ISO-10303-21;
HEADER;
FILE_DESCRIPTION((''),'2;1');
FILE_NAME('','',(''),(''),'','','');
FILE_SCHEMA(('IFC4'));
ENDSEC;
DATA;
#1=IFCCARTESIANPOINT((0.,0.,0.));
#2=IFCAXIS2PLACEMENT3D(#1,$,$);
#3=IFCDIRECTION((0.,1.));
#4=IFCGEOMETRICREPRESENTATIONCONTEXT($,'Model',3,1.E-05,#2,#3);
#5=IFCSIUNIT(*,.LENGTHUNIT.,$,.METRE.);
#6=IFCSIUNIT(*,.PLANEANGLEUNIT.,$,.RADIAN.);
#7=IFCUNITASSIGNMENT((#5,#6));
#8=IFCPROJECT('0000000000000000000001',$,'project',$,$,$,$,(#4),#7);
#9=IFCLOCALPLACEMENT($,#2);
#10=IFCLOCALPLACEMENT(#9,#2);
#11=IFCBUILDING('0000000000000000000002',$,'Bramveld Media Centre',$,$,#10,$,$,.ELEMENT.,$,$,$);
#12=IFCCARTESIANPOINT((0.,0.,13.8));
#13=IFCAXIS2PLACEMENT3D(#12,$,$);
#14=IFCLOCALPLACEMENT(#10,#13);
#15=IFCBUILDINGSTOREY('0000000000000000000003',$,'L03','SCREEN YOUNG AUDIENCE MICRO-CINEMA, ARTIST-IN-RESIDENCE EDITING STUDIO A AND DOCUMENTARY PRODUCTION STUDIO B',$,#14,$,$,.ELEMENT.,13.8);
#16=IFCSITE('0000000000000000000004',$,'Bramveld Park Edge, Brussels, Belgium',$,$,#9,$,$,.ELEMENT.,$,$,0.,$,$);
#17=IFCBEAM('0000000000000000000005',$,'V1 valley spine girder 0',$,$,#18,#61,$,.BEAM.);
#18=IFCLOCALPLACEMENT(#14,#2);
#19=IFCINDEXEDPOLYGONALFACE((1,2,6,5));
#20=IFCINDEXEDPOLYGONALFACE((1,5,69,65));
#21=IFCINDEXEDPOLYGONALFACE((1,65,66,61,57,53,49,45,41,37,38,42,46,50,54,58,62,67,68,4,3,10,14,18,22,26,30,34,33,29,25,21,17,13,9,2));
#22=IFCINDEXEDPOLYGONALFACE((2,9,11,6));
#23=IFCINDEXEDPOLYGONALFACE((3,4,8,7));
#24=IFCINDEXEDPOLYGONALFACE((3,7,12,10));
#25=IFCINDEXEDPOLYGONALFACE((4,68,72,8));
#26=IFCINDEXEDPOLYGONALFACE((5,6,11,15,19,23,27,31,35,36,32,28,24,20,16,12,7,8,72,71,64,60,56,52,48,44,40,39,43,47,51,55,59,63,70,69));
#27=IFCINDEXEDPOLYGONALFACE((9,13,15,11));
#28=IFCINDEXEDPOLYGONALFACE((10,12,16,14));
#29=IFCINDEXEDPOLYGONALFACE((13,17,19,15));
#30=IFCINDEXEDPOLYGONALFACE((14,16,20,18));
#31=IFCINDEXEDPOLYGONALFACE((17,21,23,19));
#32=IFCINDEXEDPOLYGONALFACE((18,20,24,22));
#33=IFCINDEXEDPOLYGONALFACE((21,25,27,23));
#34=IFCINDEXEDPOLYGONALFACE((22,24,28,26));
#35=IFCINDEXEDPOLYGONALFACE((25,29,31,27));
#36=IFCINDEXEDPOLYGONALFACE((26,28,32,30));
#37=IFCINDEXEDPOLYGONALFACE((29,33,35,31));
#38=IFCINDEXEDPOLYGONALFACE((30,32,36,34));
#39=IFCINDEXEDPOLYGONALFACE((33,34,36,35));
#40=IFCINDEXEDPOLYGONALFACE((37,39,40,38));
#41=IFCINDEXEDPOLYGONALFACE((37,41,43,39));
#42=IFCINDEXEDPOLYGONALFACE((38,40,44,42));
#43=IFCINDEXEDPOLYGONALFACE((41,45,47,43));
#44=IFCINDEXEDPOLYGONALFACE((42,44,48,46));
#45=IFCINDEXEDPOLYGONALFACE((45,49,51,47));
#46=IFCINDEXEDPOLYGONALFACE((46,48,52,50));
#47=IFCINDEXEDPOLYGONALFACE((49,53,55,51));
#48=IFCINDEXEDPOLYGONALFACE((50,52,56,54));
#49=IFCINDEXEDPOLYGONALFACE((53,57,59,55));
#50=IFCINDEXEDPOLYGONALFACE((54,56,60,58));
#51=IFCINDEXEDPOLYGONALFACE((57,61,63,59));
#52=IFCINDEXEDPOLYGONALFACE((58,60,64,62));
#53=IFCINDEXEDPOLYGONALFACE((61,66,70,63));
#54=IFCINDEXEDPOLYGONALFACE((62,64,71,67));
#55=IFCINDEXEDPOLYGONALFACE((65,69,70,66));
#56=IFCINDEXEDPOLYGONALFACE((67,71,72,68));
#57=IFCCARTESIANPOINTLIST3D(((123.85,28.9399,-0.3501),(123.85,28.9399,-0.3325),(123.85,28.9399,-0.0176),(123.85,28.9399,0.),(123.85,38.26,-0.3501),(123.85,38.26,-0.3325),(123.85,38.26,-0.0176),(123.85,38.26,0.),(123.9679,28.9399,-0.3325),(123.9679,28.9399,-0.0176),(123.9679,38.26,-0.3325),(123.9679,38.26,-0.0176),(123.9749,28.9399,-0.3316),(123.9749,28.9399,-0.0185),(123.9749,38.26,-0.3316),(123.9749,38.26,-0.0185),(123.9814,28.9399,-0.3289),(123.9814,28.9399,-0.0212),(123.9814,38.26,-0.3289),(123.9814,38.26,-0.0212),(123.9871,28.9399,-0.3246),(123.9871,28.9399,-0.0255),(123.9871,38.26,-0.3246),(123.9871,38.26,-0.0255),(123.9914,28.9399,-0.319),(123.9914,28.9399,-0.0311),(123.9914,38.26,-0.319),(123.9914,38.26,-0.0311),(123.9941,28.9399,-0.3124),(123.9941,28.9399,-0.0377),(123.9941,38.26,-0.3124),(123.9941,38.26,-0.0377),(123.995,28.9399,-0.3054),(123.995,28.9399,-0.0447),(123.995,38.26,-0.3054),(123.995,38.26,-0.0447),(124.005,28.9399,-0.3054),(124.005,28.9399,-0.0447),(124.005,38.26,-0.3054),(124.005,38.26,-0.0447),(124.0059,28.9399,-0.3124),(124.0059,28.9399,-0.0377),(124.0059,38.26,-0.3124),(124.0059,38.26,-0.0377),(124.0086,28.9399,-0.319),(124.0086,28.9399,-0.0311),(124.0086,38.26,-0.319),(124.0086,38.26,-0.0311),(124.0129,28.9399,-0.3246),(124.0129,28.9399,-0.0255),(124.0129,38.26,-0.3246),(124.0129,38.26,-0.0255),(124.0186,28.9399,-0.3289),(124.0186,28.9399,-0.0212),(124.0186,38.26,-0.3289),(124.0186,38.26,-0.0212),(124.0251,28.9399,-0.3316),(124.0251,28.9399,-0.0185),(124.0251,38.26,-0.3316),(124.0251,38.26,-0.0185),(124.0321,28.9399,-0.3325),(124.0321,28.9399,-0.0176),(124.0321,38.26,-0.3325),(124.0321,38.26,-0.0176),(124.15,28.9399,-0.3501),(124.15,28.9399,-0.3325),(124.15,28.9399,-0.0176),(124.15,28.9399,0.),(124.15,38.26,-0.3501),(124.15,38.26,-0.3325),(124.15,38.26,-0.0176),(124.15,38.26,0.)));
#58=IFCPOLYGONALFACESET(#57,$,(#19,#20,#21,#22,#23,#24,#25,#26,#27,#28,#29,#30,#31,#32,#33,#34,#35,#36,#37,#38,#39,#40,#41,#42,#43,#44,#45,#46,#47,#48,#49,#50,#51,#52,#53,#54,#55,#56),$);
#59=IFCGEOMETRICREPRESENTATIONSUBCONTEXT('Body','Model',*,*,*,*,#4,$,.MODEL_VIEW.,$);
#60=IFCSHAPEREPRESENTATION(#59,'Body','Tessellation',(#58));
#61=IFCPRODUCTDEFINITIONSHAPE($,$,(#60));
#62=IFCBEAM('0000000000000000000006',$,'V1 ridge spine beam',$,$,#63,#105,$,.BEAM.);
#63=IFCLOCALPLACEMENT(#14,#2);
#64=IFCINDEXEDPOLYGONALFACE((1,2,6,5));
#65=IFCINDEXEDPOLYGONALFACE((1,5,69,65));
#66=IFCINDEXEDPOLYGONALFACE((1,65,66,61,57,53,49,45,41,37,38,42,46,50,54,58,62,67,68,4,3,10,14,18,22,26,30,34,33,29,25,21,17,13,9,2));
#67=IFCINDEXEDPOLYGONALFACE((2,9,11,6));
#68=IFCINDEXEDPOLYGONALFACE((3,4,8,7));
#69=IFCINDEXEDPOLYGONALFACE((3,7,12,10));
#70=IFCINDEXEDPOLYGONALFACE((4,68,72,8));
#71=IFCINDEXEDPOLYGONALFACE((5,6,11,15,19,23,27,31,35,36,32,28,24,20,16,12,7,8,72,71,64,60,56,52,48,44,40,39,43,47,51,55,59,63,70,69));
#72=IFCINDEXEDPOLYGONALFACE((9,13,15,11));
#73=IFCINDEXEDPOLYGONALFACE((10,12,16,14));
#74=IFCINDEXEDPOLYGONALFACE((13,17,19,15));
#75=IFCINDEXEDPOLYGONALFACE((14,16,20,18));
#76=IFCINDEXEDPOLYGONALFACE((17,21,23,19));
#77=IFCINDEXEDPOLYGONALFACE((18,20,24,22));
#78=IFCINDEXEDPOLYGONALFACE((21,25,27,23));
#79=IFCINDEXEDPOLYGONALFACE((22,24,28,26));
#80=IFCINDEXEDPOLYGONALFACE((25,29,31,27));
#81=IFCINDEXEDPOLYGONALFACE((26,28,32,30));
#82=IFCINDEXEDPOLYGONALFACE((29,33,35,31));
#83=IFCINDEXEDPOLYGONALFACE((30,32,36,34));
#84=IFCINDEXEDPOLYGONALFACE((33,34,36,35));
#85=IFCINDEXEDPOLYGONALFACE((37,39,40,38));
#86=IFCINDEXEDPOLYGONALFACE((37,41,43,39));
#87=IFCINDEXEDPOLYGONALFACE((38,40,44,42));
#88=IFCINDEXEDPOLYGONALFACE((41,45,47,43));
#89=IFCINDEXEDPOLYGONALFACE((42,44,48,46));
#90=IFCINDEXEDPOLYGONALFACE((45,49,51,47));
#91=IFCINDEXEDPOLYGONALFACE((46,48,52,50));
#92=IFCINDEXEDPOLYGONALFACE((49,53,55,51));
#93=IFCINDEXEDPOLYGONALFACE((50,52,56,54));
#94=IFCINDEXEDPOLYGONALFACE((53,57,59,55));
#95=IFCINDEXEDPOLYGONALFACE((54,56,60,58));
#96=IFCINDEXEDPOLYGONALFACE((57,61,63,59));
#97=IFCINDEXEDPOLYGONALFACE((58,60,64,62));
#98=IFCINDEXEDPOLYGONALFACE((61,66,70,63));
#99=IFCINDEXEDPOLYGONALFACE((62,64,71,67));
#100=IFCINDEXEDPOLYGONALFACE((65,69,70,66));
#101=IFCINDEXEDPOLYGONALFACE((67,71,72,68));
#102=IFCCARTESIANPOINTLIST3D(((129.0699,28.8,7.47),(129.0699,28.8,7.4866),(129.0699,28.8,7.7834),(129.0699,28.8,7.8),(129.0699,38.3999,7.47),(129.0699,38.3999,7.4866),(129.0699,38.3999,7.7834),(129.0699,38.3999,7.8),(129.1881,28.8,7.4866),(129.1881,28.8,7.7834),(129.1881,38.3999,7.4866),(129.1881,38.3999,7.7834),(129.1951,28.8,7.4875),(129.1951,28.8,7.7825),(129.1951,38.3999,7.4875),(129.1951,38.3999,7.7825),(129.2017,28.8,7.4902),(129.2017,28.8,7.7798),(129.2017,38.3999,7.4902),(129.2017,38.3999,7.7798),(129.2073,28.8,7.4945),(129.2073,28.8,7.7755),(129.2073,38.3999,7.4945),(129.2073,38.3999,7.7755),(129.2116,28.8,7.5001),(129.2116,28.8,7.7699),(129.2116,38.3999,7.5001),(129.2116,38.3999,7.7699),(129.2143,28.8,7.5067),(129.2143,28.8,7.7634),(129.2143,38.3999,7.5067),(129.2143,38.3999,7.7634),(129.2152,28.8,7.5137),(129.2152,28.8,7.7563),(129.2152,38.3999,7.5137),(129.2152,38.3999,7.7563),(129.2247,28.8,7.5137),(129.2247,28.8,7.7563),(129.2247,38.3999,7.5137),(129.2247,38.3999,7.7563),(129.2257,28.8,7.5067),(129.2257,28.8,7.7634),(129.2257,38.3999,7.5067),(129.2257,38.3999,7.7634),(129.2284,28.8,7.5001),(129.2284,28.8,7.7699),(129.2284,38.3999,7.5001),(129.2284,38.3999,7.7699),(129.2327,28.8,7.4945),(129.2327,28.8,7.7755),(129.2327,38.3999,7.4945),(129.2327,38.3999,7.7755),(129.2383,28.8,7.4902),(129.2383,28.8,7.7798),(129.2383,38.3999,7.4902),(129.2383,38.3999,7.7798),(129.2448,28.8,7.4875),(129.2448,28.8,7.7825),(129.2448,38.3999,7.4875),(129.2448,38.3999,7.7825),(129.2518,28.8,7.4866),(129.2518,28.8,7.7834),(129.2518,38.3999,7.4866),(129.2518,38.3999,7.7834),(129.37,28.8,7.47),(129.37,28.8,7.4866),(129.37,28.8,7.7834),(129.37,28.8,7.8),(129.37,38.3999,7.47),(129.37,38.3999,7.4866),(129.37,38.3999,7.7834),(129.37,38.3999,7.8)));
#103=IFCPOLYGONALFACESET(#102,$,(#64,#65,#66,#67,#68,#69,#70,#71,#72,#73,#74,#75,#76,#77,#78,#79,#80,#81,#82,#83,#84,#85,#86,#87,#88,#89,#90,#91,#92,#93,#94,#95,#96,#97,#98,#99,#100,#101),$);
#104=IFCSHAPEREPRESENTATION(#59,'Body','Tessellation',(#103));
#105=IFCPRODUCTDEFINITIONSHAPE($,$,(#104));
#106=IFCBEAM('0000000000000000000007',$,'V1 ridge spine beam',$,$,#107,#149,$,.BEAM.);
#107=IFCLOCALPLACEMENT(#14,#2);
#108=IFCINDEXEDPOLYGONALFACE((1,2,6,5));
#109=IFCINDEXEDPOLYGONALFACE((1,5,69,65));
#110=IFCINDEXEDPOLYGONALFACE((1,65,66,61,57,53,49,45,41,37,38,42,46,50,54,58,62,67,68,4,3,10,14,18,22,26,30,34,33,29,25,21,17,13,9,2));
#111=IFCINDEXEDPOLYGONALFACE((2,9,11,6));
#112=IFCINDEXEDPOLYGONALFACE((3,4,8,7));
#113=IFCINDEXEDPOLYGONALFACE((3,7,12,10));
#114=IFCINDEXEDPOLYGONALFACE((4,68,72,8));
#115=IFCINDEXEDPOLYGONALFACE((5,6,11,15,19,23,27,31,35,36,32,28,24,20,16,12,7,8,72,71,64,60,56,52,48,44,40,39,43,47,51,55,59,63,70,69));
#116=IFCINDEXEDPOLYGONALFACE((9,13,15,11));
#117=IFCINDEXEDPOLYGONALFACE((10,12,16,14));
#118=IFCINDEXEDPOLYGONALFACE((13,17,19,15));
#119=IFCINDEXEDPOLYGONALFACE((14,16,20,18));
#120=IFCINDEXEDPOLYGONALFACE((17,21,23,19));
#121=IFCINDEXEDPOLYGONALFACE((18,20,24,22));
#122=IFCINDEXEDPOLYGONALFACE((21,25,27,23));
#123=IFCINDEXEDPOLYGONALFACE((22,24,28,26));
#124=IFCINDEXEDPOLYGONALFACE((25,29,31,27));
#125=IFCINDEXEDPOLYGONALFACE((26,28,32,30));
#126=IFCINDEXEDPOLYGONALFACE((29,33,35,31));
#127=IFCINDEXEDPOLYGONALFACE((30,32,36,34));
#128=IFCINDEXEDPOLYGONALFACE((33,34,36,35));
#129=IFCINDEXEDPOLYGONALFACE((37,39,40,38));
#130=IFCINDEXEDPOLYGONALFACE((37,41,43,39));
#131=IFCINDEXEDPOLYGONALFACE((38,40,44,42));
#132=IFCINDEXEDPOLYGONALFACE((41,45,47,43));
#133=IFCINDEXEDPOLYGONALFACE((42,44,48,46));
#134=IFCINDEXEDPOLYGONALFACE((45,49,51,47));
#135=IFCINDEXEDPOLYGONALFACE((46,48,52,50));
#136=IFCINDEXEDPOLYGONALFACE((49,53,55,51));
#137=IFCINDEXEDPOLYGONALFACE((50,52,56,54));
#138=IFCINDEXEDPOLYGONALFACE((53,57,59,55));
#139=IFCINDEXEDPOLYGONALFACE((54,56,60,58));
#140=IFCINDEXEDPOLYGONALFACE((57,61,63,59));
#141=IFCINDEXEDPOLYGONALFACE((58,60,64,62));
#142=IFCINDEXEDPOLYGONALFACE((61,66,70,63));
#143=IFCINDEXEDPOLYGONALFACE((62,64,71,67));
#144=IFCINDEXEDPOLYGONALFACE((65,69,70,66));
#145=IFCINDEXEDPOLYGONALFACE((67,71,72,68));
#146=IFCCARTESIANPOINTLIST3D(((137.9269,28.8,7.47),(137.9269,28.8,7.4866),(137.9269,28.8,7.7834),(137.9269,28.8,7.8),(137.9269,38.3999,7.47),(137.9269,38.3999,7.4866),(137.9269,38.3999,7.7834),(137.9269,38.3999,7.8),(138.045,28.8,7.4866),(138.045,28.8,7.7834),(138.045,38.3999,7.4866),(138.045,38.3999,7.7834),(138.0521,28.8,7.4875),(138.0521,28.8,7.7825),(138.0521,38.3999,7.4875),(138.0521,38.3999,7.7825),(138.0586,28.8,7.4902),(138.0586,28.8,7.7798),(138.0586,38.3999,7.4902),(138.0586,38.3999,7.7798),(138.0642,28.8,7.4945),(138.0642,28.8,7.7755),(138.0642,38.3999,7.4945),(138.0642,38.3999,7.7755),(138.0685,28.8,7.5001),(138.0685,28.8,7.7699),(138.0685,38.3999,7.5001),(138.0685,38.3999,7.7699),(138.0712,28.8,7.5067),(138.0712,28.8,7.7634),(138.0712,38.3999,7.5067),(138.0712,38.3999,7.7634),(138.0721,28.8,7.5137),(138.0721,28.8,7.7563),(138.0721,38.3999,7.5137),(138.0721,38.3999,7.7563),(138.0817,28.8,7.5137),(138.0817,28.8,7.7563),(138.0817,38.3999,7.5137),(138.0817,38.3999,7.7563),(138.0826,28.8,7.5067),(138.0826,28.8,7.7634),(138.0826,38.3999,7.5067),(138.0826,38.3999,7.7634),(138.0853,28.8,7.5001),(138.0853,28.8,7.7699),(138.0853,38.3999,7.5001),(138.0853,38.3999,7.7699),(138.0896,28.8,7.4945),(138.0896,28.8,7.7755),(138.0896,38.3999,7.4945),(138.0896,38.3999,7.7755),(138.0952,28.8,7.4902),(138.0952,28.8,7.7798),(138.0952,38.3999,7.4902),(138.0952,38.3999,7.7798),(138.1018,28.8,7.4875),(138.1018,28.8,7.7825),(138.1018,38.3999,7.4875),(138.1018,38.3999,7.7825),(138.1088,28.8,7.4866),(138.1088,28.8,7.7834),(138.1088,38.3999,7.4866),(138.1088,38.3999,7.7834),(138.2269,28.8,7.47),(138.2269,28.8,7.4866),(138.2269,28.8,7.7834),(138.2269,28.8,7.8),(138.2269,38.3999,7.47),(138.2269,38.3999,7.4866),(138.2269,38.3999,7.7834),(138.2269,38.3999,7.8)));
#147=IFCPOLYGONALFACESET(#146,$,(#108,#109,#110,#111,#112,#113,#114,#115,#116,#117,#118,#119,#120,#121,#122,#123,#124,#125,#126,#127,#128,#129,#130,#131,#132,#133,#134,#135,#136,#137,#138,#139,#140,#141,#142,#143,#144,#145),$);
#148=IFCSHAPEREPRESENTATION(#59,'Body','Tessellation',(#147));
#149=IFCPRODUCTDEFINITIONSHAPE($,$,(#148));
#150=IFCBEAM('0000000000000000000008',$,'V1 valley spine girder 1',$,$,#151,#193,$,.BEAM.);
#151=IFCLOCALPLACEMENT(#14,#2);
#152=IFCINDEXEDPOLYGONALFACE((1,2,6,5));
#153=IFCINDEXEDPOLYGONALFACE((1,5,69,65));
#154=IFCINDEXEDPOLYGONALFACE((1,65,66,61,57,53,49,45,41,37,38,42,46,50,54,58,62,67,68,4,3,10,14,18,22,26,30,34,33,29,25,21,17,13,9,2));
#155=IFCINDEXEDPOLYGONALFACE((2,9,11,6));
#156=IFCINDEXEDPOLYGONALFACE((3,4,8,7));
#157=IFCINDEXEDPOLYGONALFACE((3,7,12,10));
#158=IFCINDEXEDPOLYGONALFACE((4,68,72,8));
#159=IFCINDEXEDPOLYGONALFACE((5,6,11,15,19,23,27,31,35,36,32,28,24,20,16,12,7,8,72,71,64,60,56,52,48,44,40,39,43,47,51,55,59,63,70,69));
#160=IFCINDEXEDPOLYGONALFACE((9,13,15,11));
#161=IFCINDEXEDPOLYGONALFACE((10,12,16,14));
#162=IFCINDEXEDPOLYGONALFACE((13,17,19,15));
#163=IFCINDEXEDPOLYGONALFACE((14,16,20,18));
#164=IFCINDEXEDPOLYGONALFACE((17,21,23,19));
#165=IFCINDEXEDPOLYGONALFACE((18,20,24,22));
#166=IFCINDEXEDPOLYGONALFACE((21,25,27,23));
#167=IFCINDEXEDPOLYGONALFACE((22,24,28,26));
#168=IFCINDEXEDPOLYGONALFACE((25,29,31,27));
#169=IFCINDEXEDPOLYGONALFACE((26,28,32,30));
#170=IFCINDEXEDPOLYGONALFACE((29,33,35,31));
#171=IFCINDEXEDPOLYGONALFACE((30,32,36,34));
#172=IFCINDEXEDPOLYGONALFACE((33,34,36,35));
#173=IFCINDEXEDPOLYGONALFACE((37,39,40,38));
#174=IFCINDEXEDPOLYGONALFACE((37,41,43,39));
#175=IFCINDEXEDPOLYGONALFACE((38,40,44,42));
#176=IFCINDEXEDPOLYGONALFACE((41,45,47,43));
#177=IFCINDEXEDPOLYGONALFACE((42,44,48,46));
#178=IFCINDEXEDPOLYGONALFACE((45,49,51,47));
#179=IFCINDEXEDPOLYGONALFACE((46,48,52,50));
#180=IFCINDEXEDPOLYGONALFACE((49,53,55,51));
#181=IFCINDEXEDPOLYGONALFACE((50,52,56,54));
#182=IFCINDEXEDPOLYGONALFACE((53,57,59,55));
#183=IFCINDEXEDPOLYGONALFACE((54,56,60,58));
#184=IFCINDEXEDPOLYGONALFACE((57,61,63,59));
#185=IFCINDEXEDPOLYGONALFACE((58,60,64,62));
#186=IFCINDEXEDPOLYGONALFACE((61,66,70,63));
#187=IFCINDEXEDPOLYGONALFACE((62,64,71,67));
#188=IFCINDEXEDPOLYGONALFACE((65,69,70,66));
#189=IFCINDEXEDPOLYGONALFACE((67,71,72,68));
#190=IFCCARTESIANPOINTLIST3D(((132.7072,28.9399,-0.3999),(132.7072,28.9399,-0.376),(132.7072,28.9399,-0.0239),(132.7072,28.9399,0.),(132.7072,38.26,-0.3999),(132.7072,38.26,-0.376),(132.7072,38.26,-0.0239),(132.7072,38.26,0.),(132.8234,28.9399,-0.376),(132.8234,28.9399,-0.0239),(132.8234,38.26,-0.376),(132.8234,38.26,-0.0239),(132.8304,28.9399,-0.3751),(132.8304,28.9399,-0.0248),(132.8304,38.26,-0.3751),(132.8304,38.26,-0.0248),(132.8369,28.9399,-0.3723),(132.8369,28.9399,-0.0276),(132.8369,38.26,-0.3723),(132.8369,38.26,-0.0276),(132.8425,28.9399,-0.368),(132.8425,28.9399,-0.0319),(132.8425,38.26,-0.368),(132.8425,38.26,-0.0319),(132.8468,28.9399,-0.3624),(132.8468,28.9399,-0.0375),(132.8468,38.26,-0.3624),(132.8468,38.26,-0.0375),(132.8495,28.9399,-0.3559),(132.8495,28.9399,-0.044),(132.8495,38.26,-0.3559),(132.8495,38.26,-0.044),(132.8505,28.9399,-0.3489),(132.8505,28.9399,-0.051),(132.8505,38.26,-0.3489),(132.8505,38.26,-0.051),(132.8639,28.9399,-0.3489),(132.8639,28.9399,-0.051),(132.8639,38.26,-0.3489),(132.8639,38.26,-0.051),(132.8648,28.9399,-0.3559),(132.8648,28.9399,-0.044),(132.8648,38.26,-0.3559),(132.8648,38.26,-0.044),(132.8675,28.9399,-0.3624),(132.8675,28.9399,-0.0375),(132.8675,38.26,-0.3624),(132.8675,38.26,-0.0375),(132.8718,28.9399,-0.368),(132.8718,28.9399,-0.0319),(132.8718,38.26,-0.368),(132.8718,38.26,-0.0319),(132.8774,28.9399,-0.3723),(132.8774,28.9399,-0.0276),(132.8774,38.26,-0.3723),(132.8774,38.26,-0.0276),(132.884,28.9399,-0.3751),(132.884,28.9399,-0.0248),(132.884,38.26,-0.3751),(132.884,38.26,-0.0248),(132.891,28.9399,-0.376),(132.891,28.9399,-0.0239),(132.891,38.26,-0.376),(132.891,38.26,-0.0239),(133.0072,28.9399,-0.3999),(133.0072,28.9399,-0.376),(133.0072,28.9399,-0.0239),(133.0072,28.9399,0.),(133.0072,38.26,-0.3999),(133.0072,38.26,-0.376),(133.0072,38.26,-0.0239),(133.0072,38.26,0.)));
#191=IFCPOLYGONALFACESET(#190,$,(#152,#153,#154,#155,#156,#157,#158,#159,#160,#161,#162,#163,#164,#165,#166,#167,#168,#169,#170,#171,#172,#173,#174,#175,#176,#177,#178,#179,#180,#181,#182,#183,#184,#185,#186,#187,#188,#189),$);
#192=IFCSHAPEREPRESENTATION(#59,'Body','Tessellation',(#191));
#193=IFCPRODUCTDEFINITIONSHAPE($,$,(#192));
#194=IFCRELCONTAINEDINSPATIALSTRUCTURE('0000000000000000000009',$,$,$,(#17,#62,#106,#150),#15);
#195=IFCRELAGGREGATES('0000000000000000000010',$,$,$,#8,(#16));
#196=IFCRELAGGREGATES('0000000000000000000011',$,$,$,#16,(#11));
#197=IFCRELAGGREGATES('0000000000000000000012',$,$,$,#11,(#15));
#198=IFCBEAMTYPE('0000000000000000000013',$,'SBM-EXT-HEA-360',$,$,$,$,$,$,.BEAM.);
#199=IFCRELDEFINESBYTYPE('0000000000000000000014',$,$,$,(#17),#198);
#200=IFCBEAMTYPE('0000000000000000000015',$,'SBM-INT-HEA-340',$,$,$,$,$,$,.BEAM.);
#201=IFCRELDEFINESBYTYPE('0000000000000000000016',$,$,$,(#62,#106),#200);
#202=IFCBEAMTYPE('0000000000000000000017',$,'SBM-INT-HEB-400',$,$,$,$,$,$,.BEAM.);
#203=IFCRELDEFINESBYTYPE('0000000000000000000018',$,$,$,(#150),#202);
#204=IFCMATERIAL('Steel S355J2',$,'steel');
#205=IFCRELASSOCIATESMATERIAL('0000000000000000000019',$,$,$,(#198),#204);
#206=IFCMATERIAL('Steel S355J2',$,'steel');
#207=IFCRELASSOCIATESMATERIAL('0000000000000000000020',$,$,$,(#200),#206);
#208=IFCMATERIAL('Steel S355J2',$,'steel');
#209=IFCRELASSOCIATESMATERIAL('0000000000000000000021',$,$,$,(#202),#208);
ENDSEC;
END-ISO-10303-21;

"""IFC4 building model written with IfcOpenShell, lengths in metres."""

from ifc_helpers import new_model, si_unit, direction, frame, origin, origin_2d, place, context, subcontext, project, spatial, i_section, extrude, material, material_profile, profile_set, type_object, element, save


model = new_model("IFC4")

# Units and contexts
model_context = context("Model", 3, precision=1e-05, world=origin(), true_north=direction((0.0, 1.0)))
body_context = subcontext(model_context, "Body", "Model", "MODEL_VIEW")
ifc_project = project(units=[si_unit("LENGTHUNIT", "METRE"), si_unit("PLANEANGLEUNIT", "RADIAN")], contexts=[model_context])

# Site, building, storey
site_placement = place(None, origin())
site = spatial("IfcSite", under=ifc_project, at=site_placement, Name="Bramveld Park Edge, Brussels, Belgium", CompositionType="ELEMENT", RefElevation=0.0)
building_placement = place(site_placement, origin())
building = spatial("IfcBuilding", under=site, at=building_placement, Name="Bramveld Media Centre", CompositionType="ELEMENT")
storey_placement = place(building_placement, frame((0.0, 0.0, 13.8)))
storey = spatial("IfcBuildingStorey", under=building, at=storey_placement, Name="L03", Description="SCREEN YOUNG AUDIENCE MICRO-CINEMA, ARTIST-IN-RESIDENCE EDITING STUDIO A AND DOCUMENTARY PRODUCTION STUDIO B", CompositionType="ELEMENT", Elevation=13.8)

# Beams
ifc_material_1 = material(Name="Steel S355J2", Category="steel")
ifc_material_profile_1 = material_profile(ifc_material_1, i_section(OverallWidth=0.3, OverallDepth=0.3501, WebThickness=0.01, FlangeThickness=0.0176, FilletRadius=0.0271, at=origin_2d()), Name="HEA 360")
ifc_profile_set_1 = profile_set([ifc_material_profile_1], Name="Steel S355J2")
beam_type_1 = type_object("IfcBeamType", Name="SBM-EXT-HEA-360", PredefinedType="BEAM", material=ifc_profile_set_1)
beam_1_placement = place(storey_placement, frame((124.0, 28.9399, -0.175), z_axis=(0.0, 1.0, 0.0), x_axis=(-1.0, 0.0, 0.0)))
element("IfcBeam", 1, at=beam_1_placement, inside=storey, type_object=beam_type_1, Name="V1 valley spine girder 0", PredefinedType="BEAM", context=body_context, shape_type="SweptSolid", body=[
    extrude(i_section(OverallWidth=0.3, OverallDepth=0.3501, WebThickness=0.01, FlangeThickness=0.0176, FilletRadius=0.0271, at=origin_2d()), origin(), (0.0, 0.0, 1.0), 9.3201),
])
ifc_material_2 = material(Name="Steel S355J2", Category="steel")
ifc_material_profile_2 = material_profile(ifc_material_2, i_section(OverallWidth=0.3, OverallDepth=0.3301, WebThickness=0.0095, FlangeThickness=0.0166, FilletRadius=0.0271, at=origin_2d()), Name="HEA 340")
ifc_profile_set_2 = profile_set([ifc_material_profile_2], Name="Steel S355J2")
beam_type_2 = type_object("IfcBeamType", Name="SBM-INT-HEA-340", PredefinedType="BEAM", material=ifc_profile_set_2)
for number, where, z_axis, x_axis, name in (
    (2, (129.22, 28.8, 7.635), (0.0, 1.0, 0.0), (-1.0, 0.0, 0.0), "V1 ridge spine beam"),
    (3, (138.0769, 28.8, 7.635), (0.0, 1.0, 0.0), (-1.0, 0.0, 0.0), "V1 ridge spine beam"),
):
    element("IfcBeam", number, at=place(storey_placement, frame(where, z_axis=z_axis, x_axis=x_axis)), inside=storey, type_object=beam_type_2, Name=name, PredefinedType="BEAM", context=body_context, shape_type="SweptSolid", body=[
        extrude(i_section(OverallWidth=0.3, OverallDepth=0.3301, WebThickness=0.0095, FlangeThickness=0.0166, FilletRadius=0.0271, at=origin_2d()), origin(), (0.0, 0.0, 1.0), 9.5999),
    ])
ifc_material_3 = material(Name="Steel S355J2", Category="steel")
ifc_material_profile_3 = material_profile(ifc_material_3, i_section(OverallWidth=0.3, OverallDepth=0.3999, WebThickness=0.0134, FlangeThickness=0.0239, FilletRadius=0.0271, at=origin_2d()), Name="HEB 400")
ifc_profile_set_3 = profile_set([ifc_material_profile_3], Name="Steel S355J2")
beam_type_3 = type_object("IfcBeamType", Name="SBM-INT-HEB-400", PredefinedType="BEAM", material=ifc_profile_set_3)
beam_2_placement = place(storey_placement, frame((132.8572, 28.9399, -0.2), z_axis=(0.0, 1.0, 0.0), x_axis=(-1.0, 0.0, 0.0)))
element("IfcBeam", 4, at=beam_2_placement, inside=storey, type_object=beam_type_3, Name="V1 valley spine girder 1", PredefinedType="BEAM", context=body_context, shape_type="SweptSolid", body=[
    extrude(i_section(OverallWidth=0.3, OverallDepth=0.3999, WebThickness=0.0134, FlangeThickness=0.0239, FilletRadius=0.0271, at=origin_2d()), origin(), (0.0, 0.0, 1.0), 9.3201),
])

save(model, "model.ifc")
